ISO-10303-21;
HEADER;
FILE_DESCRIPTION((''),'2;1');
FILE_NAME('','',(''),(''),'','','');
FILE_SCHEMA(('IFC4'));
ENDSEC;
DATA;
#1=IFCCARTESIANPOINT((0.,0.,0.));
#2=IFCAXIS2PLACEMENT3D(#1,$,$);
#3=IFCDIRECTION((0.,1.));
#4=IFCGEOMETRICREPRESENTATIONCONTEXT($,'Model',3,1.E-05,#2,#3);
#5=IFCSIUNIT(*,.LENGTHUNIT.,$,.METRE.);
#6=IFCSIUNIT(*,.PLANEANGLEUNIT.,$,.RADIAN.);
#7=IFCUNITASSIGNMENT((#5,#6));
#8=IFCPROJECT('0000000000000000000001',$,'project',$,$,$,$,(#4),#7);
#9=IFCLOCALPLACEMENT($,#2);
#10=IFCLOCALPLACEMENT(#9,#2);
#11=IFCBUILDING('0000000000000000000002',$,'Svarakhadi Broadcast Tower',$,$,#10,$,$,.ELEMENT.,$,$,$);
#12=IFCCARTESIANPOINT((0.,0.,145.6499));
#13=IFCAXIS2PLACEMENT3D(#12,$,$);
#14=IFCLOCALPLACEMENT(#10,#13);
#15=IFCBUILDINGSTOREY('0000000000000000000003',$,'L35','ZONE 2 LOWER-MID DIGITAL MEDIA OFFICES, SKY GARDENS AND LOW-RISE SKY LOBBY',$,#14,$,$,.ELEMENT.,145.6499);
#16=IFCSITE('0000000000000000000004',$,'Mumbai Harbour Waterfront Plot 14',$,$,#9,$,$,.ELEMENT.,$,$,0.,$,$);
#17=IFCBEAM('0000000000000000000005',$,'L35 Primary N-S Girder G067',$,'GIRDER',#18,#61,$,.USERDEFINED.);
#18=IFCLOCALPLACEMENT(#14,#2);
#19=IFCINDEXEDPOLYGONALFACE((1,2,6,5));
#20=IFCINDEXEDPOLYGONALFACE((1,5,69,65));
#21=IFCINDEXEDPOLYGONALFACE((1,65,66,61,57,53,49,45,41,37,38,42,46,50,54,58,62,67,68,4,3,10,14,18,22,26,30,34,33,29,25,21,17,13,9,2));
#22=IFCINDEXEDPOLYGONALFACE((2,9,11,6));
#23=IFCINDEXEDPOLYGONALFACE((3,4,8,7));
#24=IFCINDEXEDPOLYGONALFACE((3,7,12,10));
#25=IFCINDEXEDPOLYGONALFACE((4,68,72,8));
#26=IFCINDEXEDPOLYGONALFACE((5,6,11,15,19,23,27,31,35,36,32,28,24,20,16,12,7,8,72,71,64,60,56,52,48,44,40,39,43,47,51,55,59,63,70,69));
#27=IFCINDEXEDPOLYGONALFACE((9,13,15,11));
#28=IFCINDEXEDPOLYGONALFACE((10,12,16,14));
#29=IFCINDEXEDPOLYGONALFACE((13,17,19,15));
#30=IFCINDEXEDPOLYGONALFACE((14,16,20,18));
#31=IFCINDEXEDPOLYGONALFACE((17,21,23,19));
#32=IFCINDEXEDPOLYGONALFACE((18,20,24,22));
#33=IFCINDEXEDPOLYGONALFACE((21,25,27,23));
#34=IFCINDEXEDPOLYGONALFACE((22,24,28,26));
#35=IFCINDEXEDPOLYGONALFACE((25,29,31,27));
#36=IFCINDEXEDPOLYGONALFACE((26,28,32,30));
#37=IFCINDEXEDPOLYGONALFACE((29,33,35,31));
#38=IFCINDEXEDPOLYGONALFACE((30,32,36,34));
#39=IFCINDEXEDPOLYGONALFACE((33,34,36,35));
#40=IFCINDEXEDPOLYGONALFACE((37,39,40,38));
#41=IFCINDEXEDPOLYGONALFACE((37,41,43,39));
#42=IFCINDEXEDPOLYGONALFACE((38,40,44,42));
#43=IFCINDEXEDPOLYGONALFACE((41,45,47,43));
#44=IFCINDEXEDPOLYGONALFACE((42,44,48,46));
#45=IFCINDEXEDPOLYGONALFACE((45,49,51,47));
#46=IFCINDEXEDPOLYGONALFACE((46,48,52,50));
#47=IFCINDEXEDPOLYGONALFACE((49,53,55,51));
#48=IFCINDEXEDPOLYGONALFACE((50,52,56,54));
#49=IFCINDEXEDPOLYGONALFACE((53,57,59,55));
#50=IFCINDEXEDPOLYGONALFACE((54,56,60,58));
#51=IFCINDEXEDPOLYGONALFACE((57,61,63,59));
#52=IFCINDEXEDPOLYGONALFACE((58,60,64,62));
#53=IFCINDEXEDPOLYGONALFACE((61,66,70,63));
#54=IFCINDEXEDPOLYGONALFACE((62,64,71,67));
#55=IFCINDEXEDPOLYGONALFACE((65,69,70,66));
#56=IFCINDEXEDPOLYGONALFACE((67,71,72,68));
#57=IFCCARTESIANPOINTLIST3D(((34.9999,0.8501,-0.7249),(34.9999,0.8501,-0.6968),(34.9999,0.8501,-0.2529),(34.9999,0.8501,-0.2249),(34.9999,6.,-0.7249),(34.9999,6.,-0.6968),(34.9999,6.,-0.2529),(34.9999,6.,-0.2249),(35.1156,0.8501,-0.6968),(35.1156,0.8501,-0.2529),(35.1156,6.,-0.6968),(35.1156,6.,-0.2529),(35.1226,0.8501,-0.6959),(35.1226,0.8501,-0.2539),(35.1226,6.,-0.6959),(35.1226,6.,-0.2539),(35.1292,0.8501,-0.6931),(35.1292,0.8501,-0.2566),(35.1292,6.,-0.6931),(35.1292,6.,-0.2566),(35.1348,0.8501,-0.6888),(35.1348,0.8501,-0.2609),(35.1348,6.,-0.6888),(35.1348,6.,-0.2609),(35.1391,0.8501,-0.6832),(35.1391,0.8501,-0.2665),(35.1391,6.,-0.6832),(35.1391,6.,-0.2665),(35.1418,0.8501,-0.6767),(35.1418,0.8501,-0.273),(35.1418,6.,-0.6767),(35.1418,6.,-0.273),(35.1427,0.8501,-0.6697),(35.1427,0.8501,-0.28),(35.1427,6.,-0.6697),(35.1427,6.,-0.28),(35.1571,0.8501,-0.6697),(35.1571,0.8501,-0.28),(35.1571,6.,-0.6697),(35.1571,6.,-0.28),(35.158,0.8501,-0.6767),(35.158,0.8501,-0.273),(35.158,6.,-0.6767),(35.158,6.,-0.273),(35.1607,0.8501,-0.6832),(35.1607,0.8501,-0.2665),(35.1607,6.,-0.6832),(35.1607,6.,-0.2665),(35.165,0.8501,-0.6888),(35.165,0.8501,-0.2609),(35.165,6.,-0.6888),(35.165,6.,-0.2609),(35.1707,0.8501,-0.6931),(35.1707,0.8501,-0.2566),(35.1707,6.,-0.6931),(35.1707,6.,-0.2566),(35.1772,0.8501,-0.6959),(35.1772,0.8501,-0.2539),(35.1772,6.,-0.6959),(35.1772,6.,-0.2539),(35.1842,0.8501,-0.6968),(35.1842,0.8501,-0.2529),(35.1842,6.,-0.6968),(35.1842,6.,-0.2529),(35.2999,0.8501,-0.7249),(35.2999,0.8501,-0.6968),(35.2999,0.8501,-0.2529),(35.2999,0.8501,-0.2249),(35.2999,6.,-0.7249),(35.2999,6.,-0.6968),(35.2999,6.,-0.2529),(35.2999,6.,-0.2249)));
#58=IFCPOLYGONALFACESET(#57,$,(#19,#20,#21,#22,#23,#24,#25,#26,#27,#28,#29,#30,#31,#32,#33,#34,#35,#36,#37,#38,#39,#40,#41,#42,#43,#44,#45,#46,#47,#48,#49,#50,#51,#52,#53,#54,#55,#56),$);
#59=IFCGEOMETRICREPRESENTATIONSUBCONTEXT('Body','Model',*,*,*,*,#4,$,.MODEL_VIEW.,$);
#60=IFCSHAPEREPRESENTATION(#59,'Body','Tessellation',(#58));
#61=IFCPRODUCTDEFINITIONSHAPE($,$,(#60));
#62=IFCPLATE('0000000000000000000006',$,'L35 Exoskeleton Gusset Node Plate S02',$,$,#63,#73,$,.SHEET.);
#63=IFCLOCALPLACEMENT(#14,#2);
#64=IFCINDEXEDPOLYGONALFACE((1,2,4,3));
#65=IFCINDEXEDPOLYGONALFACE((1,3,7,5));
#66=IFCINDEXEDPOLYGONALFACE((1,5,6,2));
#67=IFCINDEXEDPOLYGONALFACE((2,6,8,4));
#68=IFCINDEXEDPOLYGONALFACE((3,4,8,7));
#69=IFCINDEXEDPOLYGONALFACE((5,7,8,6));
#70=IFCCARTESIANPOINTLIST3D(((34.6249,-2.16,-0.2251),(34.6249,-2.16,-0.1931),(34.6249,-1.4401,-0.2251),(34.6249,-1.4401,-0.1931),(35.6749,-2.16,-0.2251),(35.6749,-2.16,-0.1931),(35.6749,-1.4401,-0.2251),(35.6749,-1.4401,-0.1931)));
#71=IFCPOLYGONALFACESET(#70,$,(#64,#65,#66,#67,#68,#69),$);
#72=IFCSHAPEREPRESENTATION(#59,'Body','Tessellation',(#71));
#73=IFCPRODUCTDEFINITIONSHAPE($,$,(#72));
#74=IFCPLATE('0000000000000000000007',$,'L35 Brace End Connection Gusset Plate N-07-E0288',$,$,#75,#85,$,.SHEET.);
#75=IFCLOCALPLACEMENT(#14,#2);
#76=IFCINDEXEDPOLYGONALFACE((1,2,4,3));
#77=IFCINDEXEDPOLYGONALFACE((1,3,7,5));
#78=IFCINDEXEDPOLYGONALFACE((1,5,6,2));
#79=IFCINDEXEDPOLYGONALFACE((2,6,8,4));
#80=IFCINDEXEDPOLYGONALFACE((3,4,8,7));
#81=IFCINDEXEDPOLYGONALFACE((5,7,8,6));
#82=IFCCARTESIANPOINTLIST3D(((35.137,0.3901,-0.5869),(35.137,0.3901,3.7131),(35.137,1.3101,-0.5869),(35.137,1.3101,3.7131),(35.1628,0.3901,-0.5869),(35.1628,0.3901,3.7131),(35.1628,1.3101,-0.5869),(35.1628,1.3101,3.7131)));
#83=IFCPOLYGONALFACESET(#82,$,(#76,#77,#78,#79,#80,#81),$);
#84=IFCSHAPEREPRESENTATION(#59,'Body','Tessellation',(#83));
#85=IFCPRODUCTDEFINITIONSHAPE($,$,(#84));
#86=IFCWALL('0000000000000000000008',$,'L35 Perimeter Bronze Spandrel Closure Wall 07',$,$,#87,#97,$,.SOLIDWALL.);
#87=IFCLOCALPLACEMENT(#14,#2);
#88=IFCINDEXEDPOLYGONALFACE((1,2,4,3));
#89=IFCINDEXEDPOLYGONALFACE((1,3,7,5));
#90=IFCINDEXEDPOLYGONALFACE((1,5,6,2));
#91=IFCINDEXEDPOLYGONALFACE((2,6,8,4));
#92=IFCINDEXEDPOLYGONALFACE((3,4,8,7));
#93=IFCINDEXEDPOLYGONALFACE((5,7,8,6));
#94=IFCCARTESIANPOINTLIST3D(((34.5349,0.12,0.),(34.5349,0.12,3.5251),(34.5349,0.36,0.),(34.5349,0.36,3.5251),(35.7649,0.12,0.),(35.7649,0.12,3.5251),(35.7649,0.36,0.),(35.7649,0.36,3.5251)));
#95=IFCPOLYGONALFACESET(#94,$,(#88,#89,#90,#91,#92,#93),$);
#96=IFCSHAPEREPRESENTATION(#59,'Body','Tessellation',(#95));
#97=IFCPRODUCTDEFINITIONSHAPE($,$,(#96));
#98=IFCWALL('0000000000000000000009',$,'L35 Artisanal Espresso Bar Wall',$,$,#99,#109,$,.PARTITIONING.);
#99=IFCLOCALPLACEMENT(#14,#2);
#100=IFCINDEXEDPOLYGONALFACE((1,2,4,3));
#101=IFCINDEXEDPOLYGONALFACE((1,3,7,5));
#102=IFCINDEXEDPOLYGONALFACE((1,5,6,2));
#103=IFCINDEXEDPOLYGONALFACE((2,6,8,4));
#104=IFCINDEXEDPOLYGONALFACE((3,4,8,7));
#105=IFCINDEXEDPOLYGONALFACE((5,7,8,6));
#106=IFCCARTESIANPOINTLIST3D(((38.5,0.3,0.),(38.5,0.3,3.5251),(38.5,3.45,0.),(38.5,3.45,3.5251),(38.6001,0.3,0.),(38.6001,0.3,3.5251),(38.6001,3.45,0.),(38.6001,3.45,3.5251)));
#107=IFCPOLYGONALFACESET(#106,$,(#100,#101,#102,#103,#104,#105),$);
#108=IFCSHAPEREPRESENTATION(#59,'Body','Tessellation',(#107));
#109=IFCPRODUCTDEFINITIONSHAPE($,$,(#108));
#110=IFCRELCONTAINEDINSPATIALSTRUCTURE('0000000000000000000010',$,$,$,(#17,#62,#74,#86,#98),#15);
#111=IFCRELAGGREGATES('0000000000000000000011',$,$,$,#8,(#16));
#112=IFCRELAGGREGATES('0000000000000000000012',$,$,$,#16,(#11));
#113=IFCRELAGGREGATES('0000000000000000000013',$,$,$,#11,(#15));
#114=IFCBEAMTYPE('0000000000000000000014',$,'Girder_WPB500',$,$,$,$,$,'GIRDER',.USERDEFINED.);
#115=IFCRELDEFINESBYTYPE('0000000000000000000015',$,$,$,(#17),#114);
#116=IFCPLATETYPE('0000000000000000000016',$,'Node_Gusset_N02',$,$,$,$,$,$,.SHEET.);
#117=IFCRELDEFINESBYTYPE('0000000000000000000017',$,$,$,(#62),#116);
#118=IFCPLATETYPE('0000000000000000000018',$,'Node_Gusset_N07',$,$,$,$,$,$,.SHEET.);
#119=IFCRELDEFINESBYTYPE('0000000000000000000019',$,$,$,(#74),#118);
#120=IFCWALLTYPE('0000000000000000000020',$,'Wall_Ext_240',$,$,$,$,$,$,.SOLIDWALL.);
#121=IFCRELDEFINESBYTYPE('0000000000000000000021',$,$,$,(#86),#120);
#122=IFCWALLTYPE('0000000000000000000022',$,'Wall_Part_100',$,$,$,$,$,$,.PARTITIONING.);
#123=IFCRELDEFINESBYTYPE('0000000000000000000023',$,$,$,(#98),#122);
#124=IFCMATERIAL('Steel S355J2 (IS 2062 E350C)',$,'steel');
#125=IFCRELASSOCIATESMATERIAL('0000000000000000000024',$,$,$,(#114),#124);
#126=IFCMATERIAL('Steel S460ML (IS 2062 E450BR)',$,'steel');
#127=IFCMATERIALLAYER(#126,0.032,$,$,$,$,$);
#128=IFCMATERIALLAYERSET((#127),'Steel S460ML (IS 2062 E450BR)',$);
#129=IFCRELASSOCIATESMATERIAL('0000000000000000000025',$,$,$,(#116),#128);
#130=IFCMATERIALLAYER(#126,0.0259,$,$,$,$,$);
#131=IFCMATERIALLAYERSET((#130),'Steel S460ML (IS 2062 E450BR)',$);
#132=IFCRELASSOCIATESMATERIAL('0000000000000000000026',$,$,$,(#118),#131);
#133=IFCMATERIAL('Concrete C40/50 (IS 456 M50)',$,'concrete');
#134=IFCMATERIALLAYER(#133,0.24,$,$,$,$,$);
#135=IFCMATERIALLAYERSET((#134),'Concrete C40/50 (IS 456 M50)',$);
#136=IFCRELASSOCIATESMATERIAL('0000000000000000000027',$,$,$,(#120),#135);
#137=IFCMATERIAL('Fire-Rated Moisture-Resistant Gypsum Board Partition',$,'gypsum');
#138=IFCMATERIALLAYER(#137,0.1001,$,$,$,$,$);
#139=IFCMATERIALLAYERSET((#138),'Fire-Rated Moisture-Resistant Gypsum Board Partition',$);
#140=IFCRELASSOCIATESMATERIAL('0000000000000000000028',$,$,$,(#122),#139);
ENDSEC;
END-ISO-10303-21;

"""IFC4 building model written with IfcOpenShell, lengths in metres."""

from ifc_helpers import new_model, si_unit, direction, frame, frame_2d, origin, origin_2d, place, context, subcontext, project, spatial, rectangle, i_section, extrude, material, layer, layer_set, material_profile, profile_set, type_object, element, save


model = new_model("IFC4")

# Units and contexts
model_context = context("Model", 3, precision=1e-05, world=origin(), true_north=direction((0.0, 1.0)))
body_context = subcontext(model_context, "Body", "Model", "MODEL_VIEW")
ifc_project = project(units=[si_unit("LENGTHUNIT", "METRE"), si_unit("PLANEANGLEUNIT", "RADIAN")], contexts=[model_context])

# Site, building, storey
site_placement = place(None, origin())
site = spatial("IfcSite", under=ifc_project, at=site_placement, Name="Mumbai Harbour Waterfront Plot 14", CompositionType="ELEMENT", RefElevation=0.0)
building_placement = place(site_placement, origin())
building = spatial("IfcBuilding", under=site, at=building_placement, Name="Svarakhadi Broadcast Tower", CompositionType="ELEMENT")
storey_placement = place(building_placement, frame((0.0, 0.0, 145.6499)))
storey = spatial("IfcBuildingStorey", under=building, at=storey_placement, Name="L35", Description="ZONE 2 LOWER-MID DIGITAL MEDIA OFFICES, SKY GARDENS AND LOW-RISE SKY LOBBY", CompositionType="ELEMENT", Elevation=145.6499)

# Shared definitions
ifc_material_1 = material(Name="Steel S460ML (IS 2062 E450BR)", Category="steel")

# Beam
ifc_material_2 = material(Name="Steel S355J2 (IS 2062 E350C)", Category="steel")
ifc_material_profile_1 = material_profile(ifc_material_2, i_section(OverallWidth=0.3, OverallDepth=0.5, WebThickness=0.0144, FlangeThickness=0.0281, FilletRadius=0.0271, at=origin_2d()), Name="WPB 500x300x187")
ifc_profile_set_1 = profile_set([ifc_material_profile_1], Name="Steel S355J2 (IS 2062 E350C)")
beam_type = type_object("IfcBeamType", Name="Girder_WPB500", ElementType="GIRDER", PredefinedType="USERDEFINED", material=ifc_profile_set_1)
beam_1_placement = place(storey_placement, frame((35.1499, 0.8501, -0.4749), z_axis=(0.0, 1.0, 0.0), x_axis=(-1.0, 0.0, 0.0)))
element("IfcBeam", 1, at=beam_1_placement, inside=storey, type_object=beam_type, Name="L35 Primary N-S Girder G067", ObjectType="GIRDER", PredefinedType="USERDEFINED", context=body_context, shape_type="SweptSolid", body=[
    extrude(i_section(OverallWidth=0.3, OverallDepth=0.5, WebThickness=0.0144, FlangeThickness=0.0281, FilletRadius=0.0271, at=origin_2d()), origin(), (0.0, 0.0, 1.0), 5.1499),
])

# Plates
ifc_layer_1 = layer(ifc_material_1, 0.032)
ifc_layer_set_1 = layer_set([ifc_layer_1], Name="Steel S460ML (IS 2062 E450BR)")
plate_type_1 = type_object("IfcPlateType", Name="Node_Gusset_N02", PredefinedType="SHEET", material=ifc_layer_set_1)
plate_1_placement = place(storey_placement, frame((35.1499, -1.8, -0.2251), z_axis=(0.0, 0.0, 1.0), x_axis=(1.0, 0.0, 0.0)))
element("IfcPlate", 2, at=plate_1_placement, inside=storey, type_object=plate_type_1, Name="L35 Exoskeleton Gusset Node Plate S02", PredefinedType="SHEET", context=body_context, shape_type="SweptSolid", body=[
    extrude(rectangle(XDim=1.05, YDim=0.72, at=origin_2d()), origin(), (0.0, 0.0, 1.0), 0.032),
])
ifc_layer_2 = layer(ifc_material_1, 0.0259)
ifc_layer_set_2 = layer_set([ifc_layer_2], Name="Steel S460ML (IS 2062 E450BR)")
plate_type_2 = type_object("IfcPlateType", Name="Node_Gusset_N07", PredefinedType="SHEET", material=ifc_layer_set_2)
plate_2_placement = place(storey_placement, frame((35.1499, 0.8501, -0.5869), z_axis=(0.0, 0.0, 1.0), x_axis=(0.0, 1.0, 0.0)))
element("IfcPlate", 3, at=plate_2_placement, inside=storey, type_object=plate_type_2, Name="L35 Brace End Connection Gusset Plate N-07-E0288", PredefinedType="SHEET", context=body_context, shape_type="SweptSolid", body=[
    extrude(rectangle(XDim=0.9199, YDim=0.0259, at=origin_2d()), origin(), (0.0, 0.0, 1.0), 4.3),
])

# Walls
ifc_material_3 = material(Name="Concrete C40/50 (IS 456 M50)", Category="concrete")
ifc_layer_3 = layer(ifc_material_3, 0.24)
ifc_layer_set_3 = layer_set([ifc_layer_3], Name="Concrete C40/50 (IS 456 M50)")
wall_type_1 = type_object("IfcWallType", Name="Wall_Ext_240", PredefinedType="SOLIDWALL", material=ifc_layer_set_3)
wall_1_placement = place(storey_placement, frame((35.7649, 0.24, 0.0), z_axis=(0.0, 0.0, 1.0), x_axis=(-1.0, 0.0, 0.0)))
element("IfcWall", 4, at=wall_1_placement, inside=storey, type_object=wall_type_1, Name="L35 Perimeter Bronze Spandrel Closure Wall 07", PredefinedType="SOLIDWALL", context=body_context, shape_type="SweptSolid", body=[
    extrude(rectangle(XDim=1.23, YDim=0.24, at=frame_2d((0.615, 0.0))), origin(), (0.0, 0.0, 1.0), 3.5251),
])
ifc_material_4 = material(Name="Fire-Rated Moisture-Resistant Gypsum Board Partition", Category="gypsum")
ifc_layer_4 = layer(ifc_material_4, 0.1001)
ifc_layer_set_4 = layer_set([ifc_layer_4], Name="Fire-Rated Moisture-Resistant Gypsum Board Partition")
wall_type_2 = type_object("IfcWallType", Name="Wall_Part_100", PredefinedType="PARTITIONING", material=ifc_layer_set_4)
wall_2_placement = place(storey_placement, frame((38.55, 0.3, 0.0), z_axis=(0.0, 0.0, 1.0), x_axis=(0.0, 1.0, 0.0)))
element("IfcWall", 5, at=wall_2_placement, inside=storey, type_object=wall_type_2, Name="L35 Artisanal Espresso Bar Wall", PredefinedType="PARTITIONING", context=body_context, shape_type="SweptSolid", body=[
    extrude(rectangle(XDim=3.1499, YDim=0.1001, at=frame_2d((1.575, 0.0))), origin(), (0.0, 0.0, 1.0), 3.5251),
])

save(model, "model.ifc")
